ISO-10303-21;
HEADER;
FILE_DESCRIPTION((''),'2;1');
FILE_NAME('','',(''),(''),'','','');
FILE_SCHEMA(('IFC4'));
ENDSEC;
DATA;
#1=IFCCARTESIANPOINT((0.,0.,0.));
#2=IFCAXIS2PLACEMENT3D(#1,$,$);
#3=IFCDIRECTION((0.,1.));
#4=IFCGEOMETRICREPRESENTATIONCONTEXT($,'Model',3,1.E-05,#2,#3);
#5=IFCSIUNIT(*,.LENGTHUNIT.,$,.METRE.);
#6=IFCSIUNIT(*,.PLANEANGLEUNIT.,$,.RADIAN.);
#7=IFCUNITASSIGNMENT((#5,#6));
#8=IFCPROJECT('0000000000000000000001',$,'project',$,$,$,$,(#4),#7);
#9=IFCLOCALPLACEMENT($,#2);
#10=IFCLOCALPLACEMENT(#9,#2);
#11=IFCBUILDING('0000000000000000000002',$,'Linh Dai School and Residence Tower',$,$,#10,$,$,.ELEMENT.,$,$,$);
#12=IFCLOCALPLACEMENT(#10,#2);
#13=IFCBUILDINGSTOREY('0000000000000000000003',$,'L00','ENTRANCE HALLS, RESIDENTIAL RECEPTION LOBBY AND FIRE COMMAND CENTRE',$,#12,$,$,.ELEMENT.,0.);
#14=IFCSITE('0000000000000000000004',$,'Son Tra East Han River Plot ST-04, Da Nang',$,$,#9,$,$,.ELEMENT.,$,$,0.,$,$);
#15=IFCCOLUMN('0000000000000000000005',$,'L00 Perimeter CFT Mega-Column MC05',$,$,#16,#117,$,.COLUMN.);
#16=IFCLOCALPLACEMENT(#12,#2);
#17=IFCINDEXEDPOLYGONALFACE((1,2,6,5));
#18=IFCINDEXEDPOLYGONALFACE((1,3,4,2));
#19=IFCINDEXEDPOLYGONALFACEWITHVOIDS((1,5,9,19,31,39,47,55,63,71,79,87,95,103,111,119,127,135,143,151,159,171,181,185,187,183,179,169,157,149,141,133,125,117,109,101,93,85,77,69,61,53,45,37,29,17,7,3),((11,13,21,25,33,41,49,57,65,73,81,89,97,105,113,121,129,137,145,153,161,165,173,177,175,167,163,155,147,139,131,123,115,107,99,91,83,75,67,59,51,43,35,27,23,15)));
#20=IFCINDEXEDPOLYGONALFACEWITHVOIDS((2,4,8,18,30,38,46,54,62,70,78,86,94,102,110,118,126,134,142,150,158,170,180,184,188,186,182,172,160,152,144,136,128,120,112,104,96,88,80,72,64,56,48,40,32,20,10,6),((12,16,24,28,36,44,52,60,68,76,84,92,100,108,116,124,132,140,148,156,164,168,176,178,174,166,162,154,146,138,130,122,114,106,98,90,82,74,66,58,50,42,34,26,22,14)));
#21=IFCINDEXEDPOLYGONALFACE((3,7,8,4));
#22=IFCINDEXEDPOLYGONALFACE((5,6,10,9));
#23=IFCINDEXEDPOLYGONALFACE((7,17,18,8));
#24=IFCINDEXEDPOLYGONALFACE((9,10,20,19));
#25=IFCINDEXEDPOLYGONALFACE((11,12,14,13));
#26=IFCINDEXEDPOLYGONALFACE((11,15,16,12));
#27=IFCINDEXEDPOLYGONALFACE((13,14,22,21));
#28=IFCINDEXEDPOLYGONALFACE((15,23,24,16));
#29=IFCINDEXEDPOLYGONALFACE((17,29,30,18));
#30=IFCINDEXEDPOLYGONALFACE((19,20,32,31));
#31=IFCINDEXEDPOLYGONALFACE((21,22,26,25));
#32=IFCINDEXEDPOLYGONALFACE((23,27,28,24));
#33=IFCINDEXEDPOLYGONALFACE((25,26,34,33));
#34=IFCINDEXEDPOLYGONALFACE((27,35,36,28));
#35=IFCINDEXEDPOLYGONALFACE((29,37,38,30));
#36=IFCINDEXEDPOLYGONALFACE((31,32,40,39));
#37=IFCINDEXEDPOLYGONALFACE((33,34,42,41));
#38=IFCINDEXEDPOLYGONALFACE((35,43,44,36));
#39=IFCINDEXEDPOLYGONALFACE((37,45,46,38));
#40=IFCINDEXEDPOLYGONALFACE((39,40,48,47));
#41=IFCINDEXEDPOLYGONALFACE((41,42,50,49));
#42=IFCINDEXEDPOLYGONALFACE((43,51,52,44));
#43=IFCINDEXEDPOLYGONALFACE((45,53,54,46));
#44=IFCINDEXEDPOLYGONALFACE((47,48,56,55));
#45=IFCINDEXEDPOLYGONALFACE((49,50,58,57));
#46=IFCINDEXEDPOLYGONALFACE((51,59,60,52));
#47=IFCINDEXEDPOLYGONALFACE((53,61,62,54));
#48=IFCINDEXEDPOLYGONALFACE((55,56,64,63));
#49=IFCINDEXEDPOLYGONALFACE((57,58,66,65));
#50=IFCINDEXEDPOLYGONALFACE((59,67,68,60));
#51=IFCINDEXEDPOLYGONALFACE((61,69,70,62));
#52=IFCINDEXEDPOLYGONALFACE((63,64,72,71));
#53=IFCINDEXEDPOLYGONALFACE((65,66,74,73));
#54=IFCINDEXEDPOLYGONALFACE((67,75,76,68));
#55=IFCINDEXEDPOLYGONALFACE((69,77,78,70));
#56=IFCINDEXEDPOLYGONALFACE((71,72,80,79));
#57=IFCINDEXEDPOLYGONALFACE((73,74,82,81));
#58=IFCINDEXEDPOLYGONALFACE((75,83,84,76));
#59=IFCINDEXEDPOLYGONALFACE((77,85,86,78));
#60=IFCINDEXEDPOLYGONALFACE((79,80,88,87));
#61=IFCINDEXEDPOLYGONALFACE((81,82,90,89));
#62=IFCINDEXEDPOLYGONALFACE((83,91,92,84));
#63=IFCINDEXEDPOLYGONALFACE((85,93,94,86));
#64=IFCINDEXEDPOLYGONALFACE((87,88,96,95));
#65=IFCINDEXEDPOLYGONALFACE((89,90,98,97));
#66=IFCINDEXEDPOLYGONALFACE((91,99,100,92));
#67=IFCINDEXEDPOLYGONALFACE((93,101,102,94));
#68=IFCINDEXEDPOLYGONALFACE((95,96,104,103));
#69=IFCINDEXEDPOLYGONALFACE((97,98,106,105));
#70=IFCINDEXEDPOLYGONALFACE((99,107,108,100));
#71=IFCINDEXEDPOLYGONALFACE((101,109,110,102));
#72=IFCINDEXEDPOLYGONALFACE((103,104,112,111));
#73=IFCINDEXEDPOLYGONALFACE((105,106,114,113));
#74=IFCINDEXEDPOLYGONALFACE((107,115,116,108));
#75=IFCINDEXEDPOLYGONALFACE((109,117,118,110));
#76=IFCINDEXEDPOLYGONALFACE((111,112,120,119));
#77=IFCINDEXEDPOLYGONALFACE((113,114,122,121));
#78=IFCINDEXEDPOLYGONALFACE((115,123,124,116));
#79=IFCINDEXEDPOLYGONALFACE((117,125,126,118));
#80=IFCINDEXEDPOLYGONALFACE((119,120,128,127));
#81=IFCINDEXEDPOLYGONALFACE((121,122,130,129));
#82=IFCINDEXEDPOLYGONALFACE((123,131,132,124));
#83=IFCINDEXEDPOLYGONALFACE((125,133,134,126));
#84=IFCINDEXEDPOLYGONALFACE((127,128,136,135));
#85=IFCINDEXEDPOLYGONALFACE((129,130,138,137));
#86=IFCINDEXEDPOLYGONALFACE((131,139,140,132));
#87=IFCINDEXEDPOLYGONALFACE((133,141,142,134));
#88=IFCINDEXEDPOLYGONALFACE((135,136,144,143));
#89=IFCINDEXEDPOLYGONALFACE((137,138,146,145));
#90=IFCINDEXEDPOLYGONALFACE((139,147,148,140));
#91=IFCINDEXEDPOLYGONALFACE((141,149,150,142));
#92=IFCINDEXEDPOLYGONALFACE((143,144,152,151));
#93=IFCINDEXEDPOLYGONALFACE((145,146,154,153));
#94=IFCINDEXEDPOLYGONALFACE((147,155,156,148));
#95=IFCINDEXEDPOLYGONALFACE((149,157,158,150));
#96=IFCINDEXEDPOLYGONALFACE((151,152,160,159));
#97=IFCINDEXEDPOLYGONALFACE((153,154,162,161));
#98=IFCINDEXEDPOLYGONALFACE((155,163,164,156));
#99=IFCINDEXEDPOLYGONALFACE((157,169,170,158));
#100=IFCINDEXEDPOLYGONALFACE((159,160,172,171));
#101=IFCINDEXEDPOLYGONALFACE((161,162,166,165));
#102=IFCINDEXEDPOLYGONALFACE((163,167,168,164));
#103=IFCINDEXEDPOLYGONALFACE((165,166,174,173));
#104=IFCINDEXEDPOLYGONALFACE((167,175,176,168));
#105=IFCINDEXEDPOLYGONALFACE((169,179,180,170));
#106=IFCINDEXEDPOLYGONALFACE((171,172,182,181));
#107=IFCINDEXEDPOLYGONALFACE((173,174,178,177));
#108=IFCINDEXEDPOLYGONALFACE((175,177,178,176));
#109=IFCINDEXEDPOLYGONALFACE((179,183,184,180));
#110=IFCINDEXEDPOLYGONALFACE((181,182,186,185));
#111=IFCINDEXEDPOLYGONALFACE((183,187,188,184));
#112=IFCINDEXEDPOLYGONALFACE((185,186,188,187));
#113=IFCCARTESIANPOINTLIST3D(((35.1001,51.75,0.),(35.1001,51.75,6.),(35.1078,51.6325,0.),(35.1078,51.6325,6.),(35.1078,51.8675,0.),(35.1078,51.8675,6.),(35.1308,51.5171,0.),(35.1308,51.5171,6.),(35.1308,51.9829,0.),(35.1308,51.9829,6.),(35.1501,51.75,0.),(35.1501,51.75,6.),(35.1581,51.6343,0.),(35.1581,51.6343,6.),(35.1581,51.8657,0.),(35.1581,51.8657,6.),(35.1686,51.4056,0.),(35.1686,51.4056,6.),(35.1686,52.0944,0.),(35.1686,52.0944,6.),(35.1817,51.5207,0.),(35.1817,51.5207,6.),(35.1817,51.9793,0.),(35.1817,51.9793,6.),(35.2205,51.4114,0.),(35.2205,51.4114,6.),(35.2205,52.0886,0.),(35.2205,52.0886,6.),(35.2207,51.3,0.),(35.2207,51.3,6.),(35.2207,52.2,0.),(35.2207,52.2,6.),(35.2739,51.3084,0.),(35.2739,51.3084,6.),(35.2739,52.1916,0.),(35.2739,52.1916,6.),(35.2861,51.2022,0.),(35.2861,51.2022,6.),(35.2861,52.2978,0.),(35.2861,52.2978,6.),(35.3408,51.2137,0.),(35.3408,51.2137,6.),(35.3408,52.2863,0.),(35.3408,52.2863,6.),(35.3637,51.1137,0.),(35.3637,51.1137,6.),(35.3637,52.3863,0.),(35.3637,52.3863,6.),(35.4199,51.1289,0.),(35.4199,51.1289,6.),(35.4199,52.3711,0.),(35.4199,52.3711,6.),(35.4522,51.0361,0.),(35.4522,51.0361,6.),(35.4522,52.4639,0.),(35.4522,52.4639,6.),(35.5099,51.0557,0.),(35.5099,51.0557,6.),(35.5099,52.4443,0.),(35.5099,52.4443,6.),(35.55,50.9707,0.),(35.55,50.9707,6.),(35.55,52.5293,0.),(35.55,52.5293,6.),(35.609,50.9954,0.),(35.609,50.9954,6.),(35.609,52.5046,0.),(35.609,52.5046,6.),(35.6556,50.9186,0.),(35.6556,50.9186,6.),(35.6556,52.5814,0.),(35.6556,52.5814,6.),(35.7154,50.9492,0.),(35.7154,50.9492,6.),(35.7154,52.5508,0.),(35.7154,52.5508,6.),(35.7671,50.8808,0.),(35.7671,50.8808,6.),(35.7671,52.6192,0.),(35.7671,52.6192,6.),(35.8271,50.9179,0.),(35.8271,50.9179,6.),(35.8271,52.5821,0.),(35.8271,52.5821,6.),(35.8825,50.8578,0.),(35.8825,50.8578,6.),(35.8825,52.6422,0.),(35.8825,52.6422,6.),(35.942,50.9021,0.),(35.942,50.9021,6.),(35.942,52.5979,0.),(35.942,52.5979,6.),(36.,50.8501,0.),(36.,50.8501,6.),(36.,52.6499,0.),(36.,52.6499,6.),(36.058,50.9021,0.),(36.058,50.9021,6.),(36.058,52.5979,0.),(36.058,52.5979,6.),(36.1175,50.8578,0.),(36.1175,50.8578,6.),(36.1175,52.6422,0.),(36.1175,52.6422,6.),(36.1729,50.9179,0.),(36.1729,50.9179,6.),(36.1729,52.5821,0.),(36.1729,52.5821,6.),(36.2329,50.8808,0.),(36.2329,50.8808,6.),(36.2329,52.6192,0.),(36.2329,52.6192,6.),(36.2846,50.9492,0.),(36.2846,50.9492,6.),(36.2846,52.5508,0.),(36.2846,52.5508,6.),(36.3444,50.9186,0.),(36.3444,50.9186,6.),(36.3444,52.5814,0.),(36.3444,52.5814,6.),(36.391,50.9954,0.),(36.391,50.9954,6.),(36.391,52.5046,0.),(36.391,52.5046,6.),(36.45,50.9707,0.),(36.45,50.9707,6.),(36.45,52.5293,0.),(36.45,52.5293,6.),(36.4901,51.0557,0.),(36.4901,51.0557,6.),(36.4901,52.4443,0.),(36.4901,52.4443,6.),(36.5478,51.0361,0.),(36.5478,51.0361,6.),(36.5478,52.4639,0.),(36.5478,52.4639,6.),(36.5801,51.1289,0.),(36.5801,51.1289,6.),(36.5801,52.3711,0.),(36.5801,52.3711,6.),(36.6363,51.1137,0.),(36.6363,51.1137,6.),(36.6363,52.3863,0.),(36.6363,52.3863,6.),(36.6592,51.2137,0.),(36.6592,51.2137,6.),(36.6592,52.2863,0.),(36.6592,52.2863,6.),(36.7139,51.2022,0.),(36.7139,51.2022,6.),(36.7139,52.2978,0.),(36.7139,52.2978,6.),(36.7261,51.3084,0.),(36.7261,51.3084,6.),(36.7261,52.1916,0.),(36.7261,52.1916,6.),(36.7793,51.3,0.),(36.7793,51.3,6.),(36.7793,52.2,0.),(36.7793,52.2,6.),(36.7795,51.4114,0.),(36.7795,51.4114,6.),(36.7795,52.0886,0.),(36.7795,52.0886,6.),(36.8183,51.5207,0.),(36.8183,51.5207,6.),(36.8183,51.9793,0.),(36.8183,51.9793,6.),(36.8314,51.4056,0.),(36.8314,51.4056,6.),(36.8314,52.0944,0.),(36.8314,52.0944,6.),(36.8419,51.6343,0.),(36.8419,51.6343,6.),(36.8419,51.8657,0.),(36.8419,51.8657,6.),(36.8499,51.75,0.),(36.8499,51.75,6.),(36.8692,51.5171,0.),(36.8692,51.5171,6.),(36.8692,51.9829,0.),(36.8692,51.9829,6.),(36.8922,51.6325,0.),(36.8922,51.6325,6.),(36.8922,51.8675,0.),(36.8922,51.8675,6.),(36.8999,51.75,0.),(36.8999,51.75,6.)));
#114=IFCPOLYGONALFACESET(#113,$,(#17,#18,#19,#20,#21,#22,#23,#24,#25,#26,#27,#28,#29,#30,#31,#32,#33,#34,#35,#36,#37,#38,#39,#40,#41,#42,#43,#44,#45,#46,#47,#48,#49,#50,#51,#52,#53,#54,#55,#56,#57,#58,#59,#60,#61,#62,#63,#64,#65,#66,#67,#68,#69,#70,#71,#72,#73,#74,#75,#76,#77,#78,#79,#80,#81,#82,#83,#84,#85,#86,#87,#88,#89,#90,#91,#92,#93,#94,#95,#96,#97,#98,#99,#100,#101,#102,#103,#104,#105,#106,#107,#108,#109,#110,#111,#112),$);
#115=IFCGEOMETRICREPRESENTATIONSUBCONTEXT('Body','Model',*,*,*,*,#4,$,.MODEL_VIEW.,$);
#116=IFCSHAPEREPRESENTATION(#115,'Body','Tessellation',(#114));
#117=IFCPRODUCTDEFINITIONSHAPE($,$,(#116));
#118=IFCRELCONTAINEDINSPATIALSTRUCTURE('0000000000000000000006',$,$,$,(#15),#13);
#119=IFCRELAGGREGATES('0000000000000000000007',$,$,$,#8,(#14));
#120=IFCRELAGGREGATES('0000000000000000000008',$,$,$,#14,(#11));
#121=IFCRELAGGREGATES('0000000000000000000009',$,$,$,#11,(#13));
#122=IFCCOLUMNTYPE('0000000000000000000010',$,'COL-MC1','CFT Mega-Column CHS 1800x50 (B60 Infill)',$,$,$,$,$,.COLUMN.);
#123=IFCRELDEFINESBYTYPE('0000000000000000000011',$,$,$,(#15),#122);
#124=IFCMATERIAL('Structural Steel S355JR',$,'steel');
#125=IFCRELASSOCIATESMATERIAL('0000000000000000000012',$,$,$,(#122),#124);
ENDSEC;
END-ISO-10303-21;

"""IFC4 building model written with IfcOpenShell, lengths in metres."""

from ifc_helpers import new_model, si_unit, direction, frame, origin, origin_2d, place, context, subcontext, project, spatial, hollow_circle, extrude, material, material_profile, profile_set, type_object, element, save


model = new_model("IFC4")

# Units and contexts
model_context = context("Model", 3, precision=1e-05, world=origin(), true_north=direction((0.0, 1.0)))
body_context = subcontext(model_context, "Body", "Model", "MODEL_VIEW")
ifc_project = project(units=[si_unit("LENGTHUNIT", "METRE"), si_unit("PLANEANGLEUNIT", "RADIAN")], contexts=[model_context])

# Site, building, storey
site_placement = place(None, origin())
site = spatial("IfcSite", under=ifc_project, at=site_placement, Name="Son Tra East Han River Plot ST-04, Da Nang", CompositionType="ELEMENT", RefElevation=0.0)
building_placement = place(site_placement, origin())
building = spatial("IfcBuilding", under=site, at=building_placement, Name="Linh Dai School and Residence Tower", CompositionType="ELEMENT")
storey_placement = place(building_placement, origin())
storey = spatial("IfcBuildingStorey", under=building, at=storey_placement, Name="L00", Description="ENTRANCE HALLS, RESIDENTIAL RECEPTION LOBBY AND FIRE COMMAND CENTRE", CompositionType="ELEMENT", Elevation=0.0)

# Column
ifc_material_1 = material(Name="Structural Steel S355JR", Category="steel")
ifc_material_profile_1 = material_profile(ifc_material_1, hollow_circle(Radius=0.8999, WallThickness=0.05, at=origin_2d()), Name="CHS 1800x50")
ifc_profile_set_1 = profile_set([ifc_material_profile_1], Name="Structural Steel S355JR")
column_type = type_object("IfcColumnType", Name="COL-MC1", Description="CFT Mega-Column CHS 1800x50 (B60 Infill)", PredefinedType="COLUMN", material=ifc_profile_set_1)
for number, where, z_axis, x_axis, name in (
    (1, (36.0, 51.75, 0.0), (0.0, 0.0, 1.0), (1.0, 0.0, 0.0), "L00 Perimeter CFT Mega-Column MC05"),
):
    element("IfcColumn", number, at=place(storey_placement, frame(where, z_axis=z_axis, x_axis=x_axis)), inside=storey, type_object=column_type, Name=name, PredefinedType="COLUMN", context=body_context, shape_type="SweptSolid", body=[
        extrude(hollow_circle(Radius=0.8999, WallThickness=0.05, at=origin_2d()), origin(), (0.0, 0.0, 1.0), 6.0),
    ])

save(model, "model.ifc")
